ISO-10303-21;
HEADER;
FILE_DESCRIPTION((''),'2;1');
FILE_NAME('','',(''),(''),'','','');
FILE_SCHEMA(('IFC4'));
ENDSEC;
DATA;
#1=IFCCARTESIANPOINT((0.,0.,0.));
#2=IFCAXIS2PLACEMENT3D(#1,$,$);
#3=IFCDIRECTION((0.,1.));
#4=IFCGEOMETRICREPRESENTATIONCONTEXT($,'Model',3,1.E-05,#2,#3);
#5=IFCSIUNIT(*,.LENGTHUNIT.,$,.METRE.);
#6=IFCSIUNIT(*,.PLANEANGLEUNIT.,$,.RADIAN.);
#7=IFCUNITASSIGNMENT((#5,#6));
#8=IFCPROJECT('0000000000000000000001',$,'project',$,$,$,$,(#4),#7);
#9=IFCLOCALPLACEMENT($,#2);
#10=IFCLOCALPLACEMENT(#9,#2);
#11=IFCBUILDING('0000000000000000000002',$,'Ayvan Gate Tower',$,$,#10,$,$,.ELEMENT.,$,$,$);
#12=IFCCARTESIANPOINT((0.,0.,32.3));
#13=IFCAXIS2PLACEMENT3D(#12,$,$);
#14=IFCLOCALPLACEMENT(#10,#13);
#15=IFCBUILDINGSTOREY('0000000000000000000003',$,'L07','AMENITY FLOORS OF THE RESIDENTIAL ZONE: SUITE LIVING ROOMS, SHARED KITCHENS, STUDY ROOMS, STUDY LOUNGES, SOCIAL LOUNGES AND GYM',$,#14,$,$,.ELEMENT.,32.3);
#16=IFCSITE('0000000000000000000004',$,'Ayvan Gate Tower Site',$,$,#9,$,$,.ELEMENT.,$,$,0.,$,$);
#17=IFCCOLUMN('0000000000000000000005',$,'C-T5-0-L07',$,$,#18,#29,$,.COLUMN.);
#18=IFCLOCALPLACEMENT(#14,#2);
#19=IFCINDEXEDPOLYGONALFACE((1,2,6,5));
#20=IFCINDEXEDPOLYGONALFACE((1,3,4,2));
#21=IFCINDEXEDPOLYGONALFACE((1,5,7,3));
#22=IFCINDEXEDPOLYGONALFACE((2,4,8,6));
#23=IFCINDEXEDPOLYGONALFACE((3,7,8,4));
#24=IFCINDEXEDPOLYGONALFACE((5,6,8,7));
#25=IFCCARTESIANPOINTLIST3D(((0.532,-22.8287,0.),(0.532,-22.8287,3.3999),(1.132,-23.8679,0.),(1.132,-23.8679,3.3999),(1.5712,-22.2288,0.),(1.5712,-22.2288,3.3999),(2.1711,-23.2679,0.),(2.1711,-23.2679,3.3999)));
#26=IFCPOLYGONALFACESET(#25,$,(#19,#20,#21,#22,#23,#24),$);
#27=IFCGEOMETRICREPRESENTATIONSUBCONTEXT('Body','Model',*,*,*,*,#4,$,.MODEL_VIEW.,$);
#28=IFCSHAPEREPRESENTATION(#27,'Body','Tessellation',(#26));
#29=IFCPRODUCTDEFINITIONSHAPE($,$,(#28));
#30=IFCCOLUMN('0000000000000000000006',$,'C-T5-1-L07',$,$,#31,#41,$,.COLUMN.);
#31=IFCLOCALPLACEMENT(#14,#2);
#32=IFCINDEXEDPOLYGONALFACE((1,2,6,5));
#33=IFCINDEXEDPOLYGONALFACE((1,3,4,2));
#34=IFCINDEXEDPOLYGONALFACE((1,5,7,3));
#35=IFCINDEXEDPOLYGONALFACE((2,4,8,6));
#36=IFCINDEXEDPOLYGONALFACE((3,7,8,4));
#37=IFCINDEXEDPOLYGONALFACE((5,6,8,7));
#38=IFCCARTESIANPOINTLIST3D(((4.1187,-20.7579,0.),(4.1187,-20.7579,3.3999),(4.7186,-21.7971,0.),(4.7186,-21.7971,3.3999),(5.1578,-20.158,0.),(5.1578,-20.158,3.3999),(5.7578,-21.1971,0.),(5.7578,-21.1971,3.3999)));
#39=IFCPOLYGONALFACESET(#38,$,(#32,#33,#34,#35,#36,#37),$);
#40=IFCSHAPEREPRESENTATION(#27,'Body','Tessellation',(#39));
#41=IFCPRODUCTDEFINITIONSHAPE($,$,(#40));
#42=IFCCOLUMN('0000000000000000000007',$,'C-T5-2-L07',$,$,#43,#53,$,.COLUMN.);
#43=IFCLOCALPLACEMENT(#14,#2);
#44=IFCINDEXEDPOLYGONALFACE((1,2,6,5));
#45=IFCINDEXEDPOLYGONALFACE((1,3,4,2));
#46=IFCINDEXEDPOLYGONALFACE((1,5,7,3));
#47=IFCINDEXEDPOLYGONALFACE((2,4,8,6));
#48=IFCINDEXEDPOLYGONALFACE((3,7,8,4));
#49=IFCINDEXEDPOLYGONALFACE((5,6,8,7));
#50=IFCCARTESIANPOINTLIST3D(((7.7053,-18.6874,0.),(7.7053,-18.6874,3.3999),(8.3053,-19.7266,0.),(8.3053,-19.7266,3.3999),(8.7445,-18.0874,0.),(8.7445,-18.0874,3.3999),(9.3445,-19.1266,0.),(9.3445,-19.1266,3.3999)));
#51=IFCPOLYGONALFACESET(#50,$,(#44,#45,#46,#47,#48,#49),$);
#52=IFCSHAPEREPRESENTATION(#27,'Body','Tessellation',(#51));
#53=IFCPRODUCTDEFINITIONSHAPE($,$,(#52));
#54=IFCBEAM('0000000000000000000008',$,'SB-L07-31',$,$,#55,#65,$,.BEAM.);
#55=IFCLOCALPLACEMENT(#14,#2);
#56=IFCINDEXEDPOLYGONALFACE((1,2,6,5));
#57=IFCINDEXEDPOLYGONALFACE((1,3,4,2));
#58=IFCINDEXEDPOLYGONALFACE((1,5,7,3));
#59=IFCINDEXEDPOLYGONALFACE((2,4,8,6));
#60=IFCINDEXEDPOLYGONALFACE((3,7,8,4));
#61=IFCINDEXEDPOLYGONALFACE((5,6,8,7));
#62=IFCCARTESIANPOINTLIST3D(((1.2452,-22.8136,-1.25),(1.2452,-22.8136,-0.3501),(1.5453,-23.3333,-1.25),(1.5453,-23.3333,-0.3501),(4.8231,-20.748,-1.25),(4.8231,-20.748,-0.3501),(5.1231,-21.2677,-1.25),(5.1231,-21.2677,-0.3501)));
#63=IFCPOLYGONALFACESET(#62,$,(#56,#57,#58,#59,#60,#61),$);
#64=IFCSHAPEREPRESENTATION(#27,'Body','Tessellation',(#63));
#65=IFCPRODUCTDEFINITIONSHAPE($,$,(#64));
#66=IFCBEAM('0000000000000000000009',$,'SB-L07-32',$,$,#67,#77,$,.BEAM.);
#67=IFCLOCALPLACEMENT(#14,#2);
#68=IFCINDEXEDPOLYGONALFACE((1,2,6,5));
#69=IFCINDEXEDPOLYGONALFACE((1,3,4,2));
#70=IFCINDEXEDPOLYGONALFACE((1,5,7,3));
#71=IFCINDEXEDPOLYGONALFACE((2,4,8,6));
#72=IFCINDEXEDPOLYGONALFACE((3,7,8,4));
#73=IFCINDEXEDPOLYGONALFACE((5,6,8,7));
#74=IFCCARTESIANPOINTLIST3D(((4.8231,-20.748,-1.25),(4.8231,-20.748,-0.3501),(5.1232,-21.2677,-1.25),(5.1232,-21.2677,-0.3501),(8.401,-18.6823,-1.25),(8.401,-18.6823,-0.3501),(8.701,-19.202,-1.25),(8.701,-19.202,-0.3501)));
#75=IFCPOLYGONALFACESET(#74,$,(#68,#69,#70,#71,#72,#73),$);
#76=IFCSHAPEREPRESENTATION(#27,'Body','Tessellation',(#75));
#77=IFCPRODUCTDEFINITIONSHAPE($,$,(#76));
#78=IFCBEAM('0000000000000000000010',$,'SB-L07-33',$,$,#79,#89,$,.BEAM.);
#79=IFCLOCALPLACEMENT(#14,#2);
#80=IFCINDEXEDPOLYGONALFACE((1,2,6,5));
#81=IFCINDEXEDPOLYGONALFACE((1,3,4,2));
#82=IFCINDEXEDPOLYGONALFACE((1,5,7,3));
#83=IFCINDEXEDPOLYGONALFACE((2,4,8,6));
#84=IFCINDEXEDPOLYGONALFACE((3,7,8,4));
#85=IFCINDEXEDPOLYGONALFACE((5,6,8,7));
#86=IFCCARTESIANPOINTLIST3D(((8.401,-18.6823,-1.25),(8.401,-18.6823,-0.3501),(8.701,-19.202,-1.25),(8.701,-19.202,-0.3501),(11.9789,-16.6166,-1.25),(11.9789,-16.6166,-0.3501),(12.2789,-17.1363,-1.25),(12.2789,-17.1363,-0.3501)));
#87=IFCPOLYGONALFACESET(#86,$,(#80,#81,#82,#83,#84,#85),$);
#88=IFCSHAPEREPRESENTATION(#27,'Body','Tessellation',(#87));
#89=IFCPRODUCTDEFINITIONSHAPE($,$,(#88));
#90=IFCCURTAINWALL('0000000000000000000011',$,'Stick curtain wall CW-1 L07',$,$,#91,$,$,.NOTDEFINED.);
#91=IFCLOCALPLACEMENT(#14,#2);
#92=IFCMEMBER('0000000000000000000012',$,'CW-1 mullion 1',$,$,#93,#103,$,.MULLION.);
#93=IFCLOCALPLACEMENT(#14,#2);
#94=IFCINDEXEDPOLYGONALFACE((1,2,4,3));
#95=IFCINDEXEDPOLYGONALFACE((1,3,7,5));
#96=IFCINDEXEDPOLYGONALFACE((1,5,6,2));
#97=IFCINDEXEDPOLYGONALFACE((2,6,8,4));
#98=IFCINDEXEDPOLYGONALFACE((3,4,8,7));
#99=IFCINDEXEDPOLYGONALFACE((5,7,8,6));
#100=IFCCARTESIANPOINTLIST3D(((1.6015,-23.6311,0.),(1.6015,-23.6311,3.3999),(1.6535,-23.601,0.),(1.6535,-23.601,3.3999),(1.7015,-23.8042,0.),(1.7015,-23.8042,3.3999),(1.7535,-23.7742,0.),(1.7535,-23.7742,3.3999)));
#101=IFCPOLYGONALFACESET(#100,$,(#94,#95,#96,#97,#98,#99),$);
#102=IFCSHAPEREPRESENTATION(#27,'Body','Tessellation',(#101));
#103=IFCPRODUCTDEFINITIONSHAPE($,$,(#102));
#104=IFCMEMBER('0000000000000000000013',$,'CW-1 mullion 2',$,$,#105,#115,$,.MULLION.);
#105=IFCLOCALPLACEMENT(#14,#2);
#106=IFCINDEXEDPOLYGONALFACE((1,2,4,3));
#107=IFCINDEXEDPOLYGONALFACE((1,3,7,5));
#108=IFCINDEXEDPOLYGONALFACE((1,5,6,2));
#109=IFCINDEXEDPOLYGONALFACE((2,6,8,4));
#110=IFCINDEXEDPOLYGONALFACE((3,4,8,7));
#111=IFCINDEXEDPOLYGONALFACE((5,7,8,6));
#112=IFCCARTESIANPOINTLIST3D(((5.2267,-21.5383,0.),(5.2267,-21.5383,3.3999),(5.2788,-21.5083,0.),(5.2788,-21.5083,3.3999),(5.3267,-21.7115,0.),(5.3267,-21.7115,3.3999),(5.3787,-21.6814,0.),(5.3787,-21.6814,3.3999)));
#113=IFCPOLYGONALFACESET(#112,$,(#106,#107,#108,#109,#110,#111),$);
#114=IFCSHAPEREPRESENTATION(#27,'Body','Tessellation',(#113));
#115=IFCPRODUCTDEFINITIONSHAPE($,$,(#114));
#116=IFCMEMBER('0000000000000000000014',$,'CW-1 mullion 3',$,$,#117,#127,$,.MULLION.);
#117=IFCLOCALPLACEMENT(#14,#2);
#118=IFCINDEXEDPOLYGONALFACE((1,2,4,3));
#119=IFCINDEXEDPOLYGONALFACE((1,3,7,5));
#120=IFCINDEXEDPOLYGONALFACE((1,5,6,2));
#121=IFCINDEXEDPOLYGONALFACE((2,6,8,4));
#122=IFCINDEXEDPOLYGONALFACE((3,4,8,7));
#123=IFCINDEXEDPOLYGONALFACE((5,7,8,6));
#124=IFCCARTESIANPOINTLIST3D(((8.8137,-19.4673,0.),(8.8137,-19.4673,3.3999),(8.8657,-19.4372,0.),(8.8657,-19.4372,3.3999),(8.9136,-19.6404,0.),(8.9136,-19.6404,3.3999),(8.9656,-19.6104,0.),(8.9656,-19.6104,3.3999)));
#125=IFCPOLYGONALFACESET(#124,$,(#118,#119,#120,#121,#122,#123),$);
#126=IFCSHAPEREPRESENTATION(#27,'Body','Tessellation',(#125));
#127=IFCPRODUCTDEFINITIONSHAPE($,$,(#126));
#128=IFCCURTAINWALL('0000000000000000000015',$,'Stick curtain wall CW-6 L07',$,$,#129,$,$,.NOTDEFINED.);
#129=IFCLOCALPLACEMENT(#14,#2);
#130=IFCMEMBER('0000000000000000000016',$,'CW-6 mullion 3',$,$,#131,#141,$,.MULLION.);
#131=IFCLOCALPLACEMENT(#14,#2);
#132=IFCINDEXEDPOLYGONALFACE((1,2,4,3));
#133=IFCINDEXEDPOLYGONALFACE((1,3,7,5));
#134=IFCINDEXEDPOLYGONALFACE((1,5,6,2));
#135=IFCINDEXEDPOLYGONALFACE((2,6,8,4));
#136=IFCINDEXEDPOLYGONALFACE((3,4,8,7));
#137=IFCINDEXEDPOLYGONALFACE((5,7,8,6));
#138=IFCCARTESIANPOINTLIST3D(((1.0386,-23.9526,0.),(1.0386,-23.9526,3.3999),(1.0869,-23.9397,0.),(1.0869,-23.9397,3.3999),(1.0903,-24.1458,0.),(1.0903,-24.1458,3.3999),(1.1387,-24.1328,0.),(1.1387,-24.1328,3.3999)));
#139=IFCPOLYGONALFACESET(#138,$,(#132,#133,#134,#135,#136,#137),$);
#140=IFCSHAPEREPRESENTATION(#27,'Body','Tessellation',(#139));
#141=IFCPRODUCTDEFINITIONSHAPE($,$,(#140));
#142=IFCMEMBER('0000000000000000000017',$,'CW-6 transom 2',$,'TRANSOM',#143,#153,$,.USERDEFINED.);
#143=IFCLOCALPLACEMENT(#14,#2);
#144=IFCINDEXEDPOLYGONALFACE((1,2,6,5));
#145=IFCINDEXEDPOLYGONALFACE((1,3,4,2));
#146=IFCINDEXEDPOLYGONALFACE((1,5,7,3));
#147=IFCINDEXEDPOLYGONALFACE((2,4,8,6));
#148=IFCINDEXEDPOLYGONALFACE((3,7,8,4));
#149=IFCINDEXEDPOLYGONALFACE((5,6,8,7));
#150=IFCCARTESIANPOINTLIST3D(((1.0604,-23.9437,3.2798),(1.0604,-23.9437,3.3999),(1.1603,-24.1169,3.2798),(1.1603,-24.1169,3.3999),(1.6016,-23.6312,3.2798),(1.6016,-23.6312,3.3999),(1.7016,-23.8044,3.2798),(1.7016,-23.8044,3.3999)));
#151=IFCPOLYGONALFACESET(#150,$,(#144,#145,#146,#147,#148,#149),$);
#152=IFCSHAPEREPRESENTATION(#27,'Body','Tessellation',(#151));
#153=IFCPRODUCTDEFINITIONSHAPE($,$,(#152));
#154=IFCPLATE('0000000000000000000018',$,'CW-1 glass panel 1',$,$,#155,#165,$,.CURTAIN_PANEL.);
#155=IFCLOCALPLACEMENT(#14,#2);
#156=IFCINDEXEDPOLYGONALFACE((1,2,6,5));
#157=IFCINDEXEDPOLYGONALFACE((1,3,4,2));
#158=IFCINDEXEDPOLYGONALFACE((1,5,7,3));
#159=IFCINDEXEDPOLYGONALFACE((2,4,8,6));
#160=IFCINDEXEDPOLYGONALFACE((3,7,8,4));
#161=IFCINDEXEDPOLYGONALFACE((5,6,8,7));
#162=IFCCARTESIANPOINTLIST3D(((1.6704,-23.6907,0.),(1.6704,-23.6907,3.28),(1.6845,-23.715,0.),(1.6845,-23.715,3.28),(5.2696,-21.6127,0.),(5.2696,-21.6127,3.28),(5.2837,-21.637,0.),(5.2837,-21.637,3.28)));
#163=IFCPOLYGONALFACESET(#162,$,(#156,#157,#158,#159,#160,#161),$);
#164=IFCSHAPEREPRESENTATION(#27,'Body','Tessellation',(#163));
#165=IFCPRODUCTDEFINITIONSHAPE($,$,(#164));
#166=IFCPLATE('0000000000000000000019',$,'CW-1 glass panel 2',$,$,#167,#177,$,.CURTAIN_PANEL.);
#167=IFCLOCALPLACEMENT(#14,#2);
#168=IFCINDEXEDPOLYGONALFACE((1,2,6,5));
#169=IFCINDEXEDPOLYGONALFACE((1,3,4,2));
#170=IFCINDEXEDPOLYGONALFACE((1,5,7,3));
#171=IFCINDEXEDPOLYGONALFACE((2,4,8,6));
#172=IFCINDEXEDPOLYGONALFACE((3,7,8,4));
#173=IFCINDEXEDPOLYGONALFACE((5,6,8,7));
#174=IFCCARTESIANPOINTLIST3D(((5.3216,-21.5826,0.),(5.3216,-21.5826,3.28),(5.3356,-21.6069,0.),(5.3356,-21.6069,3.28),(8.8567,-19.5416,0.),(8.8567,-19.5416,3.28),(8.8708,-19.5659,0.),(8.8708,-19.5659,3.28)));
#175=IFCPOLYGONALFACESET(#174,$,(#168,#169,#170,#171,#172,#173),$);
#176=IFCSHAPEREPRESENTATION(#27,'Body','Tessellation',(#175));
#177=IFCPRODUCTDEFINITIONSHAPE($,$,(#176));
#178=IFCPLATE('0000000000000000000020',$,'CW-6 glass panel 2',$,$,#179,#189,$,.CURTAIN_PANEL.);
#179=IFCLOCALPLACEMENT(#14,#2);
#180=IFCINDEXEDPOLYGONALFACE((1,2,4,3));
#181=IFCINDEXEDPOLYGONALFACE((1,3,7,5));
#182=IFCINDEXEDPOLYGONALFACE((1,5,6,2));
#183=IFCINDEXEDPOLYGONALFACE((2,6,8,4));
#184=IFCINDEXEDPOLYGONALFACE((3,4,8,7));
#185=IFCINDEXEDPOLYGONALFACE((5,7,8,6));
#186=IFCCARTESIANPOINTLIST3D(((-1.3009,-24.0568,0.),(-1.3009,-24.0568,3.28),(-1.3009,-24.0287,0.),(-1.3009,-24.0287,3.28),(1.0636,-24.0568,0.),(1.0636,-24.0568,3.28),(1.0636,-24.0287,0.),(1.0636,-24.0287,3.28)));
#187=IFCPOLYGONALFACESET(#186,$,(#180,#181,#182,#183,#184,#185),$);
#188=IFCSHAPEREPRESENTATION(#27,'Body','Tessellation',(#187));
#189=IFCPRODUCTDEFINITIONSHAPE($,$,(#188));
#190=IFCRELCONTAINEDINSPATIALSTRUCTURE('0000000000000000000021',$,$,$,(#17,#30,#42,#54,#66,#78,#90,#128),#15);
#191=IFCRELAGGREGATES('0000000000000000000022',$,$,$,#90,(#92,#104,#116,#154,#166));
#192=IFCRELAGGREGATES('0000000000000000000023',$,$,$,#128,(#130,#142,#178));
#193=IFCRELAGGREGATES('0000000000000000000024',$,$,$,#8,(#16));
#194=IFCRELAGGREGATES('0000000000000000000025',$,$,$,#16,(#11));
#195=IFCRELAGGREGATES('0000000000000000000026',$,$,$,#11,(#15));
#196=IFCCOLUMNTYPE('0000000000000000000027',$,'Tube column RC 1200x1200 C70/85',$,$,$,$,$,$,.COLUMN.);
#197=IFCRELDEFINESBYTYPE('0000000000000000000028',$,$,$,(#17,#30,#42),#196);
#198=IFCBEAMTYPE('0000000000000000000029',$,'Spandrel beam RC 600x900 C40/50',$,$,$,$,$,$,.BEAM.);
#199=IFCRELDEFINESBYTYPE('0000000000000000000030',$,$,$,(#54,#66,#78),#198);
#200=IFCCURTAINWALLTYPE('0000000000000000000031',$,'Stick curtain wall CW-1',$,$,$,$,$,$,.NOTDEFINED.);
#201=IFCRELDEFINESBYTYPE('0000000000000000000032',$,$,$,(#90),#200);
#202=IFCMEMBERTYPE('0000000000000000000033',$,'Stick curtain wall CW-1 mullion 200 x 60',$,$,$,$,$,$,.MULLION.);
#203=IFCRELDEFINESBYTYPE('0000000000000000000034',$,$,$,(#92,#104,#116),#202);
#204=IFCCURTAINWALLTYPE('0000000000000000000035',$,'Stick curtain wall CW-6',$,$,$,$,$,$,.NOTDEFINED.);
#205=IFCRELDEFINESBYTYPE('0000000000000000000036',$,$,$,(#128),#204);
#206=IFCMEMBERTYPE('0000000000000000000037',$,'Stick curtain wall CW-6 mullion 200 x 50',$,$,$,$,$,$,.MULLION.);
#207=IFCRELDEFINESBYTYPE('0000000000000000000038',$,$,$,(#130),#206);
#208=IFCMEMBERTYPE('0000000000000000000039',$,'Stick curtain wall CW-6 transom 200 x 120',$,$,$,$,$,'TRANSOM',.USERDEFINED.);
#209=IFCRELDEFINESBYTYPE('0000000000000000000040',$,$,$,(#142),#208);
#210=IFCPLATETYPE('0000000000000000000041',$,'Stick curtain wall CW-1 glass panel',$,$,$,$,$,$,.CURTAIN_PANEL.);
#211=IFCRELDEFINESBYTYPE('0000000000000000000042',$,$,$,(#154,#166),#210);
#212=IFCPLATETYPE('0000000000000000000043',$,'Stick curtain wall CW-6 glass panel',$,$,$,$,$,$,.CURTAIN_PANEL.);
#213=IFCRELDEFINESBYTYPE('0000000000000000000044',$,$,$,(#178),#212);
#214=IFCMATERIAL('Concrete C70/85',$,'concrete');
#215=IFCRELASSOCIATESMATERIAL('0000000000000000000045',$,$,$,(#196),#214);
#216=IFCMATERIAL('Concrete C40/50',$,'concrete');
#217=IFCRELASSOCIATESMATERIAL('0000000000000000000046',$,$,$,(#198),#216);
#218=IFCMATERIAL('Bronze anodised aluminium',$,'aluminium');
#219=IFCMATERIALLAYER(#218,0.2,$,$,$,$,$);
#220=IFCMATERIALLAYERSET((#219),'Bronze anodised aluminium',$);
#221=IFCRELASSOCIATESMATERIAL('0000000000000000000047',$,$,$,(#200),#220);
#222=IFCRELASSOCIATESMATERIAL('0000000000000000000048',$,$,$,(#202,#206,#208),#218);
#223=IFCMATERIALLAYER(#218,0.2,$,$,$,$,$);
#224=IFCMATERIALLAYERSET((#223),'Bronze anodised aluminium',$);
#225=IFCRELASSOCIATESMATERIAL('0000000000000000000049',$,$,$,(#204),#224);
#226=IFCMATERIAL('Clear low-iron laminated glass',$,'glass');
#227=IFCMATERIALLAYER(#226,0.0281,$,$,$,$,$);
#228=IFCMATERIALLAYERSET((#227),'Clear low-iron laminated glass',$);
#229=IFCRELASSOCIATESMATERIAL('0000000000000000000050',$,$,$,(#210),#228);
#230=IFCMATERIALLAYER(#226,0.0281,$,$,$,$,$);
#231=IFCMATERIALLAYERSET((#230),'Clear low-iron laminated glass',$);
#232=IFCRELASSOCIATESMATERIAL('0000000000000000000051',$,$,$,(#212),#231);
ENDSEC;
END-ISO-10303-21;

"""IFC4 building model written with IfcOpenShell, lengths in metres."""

from ifc_helpers import new_model, si_unit, direction, frame, origin, origin_2d, place, context, subcontext, project, spatial, rectangle, extrude, material, layer, layer_set, material_profile, profile_set, type_object, element, aggregate, save


model = new_model("IFC4")

# Units and contexts
model_context = context("Model", 3, precision=1e-05, world=origin(), true_north=direction((0.0, 1.0)))
body_context = subcontext(model_context, "Body", "Model", "MODEL_VIEW")
ifc_project = project(units=[si_unit("LENGTHUNIT", "METRE"), si_unit("PLANEANGLEUNIT", "RADIAN")], contexts=[model_context])

# Site, building, storey
site_placement = place(None, origin())
site = spatial("IfcSite", under=ifc_project, at=site_placement, Name="Ayvan Gate Tower Site", CompositionType="ELEMENT", RefElevation=0.0)
building_placement = place(site_placement, origin())
building = spatial("IfcBuilding", under=site, at=building_placement, Name="Ayvan Gate Tower", CompositionType="ELEMENT")
storey_placement = place(building_placement, frame((0.0, 0.0, 32.3)))
storey = spatial("IfcBuildingStorey", under=building, at=storey_placement, Name="L07", Description="AMENITY FLOORS OF THE RESIDENTIAL ZONE: SUITE LIVING ROOMS, SHARED KITCHENS, STUDY ROOMS, STUDY LOUNGES, SOCIAL LOUNGES AND GYM", CompositionType="ELEMENT", Elevation=32.3)

# Columns
ifc_material_1 = material(Name="Concrete C70/85", Category="concrete")
ifc_material_profile_1 = material_profile(ifc_material_1, rectangle(XDim=1.2, YDim=1.2, at=origin_2d()), Name="RC 1200x1200")
ifc_profile_set_1 = profile_set([ifc_material_profile_1], Name="Concrete C70/85")
column_type = type_object("IfcColumnType", Name="Tube column RC 1200x1200 C70/85", PredefinedType="COLUMN", material=ifc_profile_set_1)
for number, where, z_axis, x_axis, name in (
    (1, (1.3516, -23.0483, 0.0), (0.0, 0.0, 1.0), (0.5, -0.866025, 0.0), "C-T5-0-L07"),
    (2, (4.9382, -20.9775, 0.0), (0.0, 0.0, 1.0), (0.5, -0.866025, 0.0), "C-T5-1-L07"),
    (3, (8.5249, -18.907, 0.0), (0.0, 0.0, 1.0), (0.5, -0.866025, 0.0), "C-T5-2-L07"),
):
    element("IfcColumn", number, at=place(storey_placement, frame(where, z_axis=z_axis, x_axis=x_axis)), inside=storey, type_object=column_type, Name=name, PredefinedType="COLUMN", context=body_context, shape_type="SweptSolid", body=[
        extrude(rectangle(XDim=1.2, YDim=1.2, at=origin_2d()), origin(), (0.0, 0.0, 1.0), 3.3999),
    ])

# Beams
ifc_material_2 = material(Name="Concrete C40/50", Category="concrete")
ifc_material_profile_2 = material_profile(ifc_material_2, rectangle(XDim=0.6001, YDim=0.8999, at=origin_2d()), Name="RC 600x900")
ifc_profile_set_2 = profile_set([ifc_material_profile_2], Name="Concrete C40/50")
beam_type = type_object("IfcBeamType", Name="Spandrel beam RC 600x900 C40/50", PredefinedType="BEAM", material=ifc_profile_set_2)
for number, where, z_axis, x_axis, name in (
    (4, (1.3953, -23.0735, -0.8), (0.866027, 0.499997, 0.0), (-0.499997, 0.866027, 0.0), "SB-L07-31"),
    (5, (4.9731, -21.0078, -0.8), (0.866027, 0.499997, 0.0), (-0.499997, 0.866027, 0.0), "SB-L07-32"),
    (6, (8.551, -18.9421, -0.8), (0.866027, 0.499997, 0.0), (-0.499997, 0.866027, 0.0), "SB-L07-33"),
):
    element("IfcBeam", number, at=place(storey_placement, frame(where, z_axis=z_axis, x_axis=x_axis)), inside=storey, type_object=beam_type, Name=name, PredefinedType="BEAM", context=body_context, shape_type="SweptSolid", body=[
        extrude(rectangle(XDim=0.6001, YDim=0.8999, at=origin_2d()), origin(), (0.0, 0.0, 1.0), 4.1313),
    ])

# Curtain walls, members
ifc_material_3 = material(Name="Bronze anodised aluminium", Category="aluminium")
ifc_layer_1 = layer(ifc_material_3, 0.2)
ifc_layer_set_1 = layer_set([ifc_layer_1], Name="Bronze anodised aluminium")
curtain_wall_type_1 = type_object("IfcCurtainWallType", Name="Stick curtain wall CW-1", PredefinedType="NOTDEFINED", material=ifc_layer_set_1)
curtain_wall_1_placement = place(storey_placement, origin())
curtain_wall_1 = element("IfcCurtainWall", 7, at=curtain_wall_1_placement, inside=storey, type_object=curtain_wall_type_1, Name="Stick curtain wall CW-1 L07", PredefinedType="NOTDEFINED")
ifc_material_profile_3 = material_profile(ifc_material_3, rectangle(XDim=0.2, YDim=0.0601, at=origin_2d()), Name="Stick curtain wall CW-1 mullion 200 x 60")
ifc_profile_set_3 = profile_set([ifc_material_profile_3], Name="Bronze anodised aluminium")
member_type_1 = type_object("IfcMemberType", Name="Stick curtain wall CW-1 mullion 200 x 60", PredefinedType="MULLION", material=ifc_profile_set_3)
member_1_placement = place(storey_placement, frame((1.6775, -23.7026, 0.0), z_axis=(0.0, 0.0, 1.0), x_axis=(0.5, -0.866025, 0.0)))
member_1 = element("IfcMember", 8, at=member_1_placement, type_object=member_type_1, Name="CW-1 mullion 1", PredefinedType="MULLION", context=body_context, shape_type="SweptSolid", body=[
    extrude(rectangle(XDim=0.2, YDim=0.0601, at=origin_2d()), origin(), (0.0, 0.0, 1.0), 3.3999),
])
member_2_placement = place(storey_placement, frame((5.3027, -21.6099, 0.0), z_axis=(0.0, 0.0, 1.0), x_axis=(0.5, -0.866025, 0.0)))
member_2 = element("IfcMember", 9, at=member_2_placement, type_object=member_type_1, Name="CW-1 mullion 2", PredefinedType="MULLION", context=body_context, shape_type="SweptSolid", body=[
    extrude(rectangle(XDim=0.2, YDim=0.0601, at=origin_2d()), origin(), (0.0, 0.0, 1.0), 3.3999),
])
member_3_placement = place(storey_placement, frame((8.8896, -19.5388, 0.0), z_axis=(0.0, 0.0, 1.0), x_axis=(0.5, -0.866025, 0.0)))
member_3 = element("IfcMember", 10, at=member_3_placement, type_object=member_type_1, Name="CW-1 mullion 3", PredefinedType="MULLION", context=body_context, shape_type="SweptSolid", body=[
    extrude(rectangle(XDim=0.2, YDim=0.0601, at=origin_2d()), origin(), (0.0, 0.0, 1.0), 3.3999),
])
ifc_layer_2 = layer(ifc_material_3, 0.2)
ifc_layer_set_2 = layer_set([ifc_layer_2], Name="Bronze anodised aluminium")
curtain_wall_type_2 = type_object("IfcCurtainWallType", Name="Stick curtain wall CW-6", PredefinedType="NOTDEFINED", material=ifc_layer_set_2)
curtain_wall_2_placement = place(storey_placement, origin())
curtain_wall_2 = element("IfcCurtainWall", 11, at=curtain_wall_2_placement, inside=storey, type_object=curtain_wall_type_2, Name="Stick curtain wall CW-6 L07", PredefinedType="NOTDEFINED")
ifc_material_profile_4 = material_profile(ifc_material_3, rectangle(XDim=0.2, YDim=0.05, at=origin_2d()), Name="Stick curtain wall CW-6 mullion 200 x 50")
ifc_profile_set_4 = profile_set([ifc_material_profile_4], Name="Bronze anodised aluminium")
member_type_2 = type_object("IfcMemberType", Name="Stick curtain wall CW-6 mullion 200 x 50", PredefinedType="MULLION", material=ifc_profile_set_4)
member_4_placement = place(storey_placement, frame((1.0886, -24.0427, 0.0), z_axis=(0.0, 0.0, 1.0), x_axis=(0.258819, -0.965926, 0.0)))
member_4 = element("IfcMember", 12, at=member_4_placement, type_object=member_type_2, Name="CW-6 mullion 3", PredefinedType="MULLION", context=body_context, shape_type="SweptSolid", body=[
    extrude(rectangle(XDim=0.2, YDim=0.05, at=origin_2d()), origin(), (0.0, 0.0, 1.0), 3.3999),
])
ifc_material_profile_5 = material_profile(ifc_material_3, rectangle(XDim=0.2, YDim=0.1201, at=origin_2d()), Name="Stick curtain wall CW-6 transom 200 x 120")
ifc_profile_set_5 = profile_set([ifc_material_profile_5], Name="Bronze anodised aluminium")
member_type_3 = type_object("IfcMemberType", Name="Stick curtain wall CW-6 transom 200 x 120", ElementType="TRANSOM", PredefinedType="USERDEFINED", material=ifc_profile_set_5)
member_5_placement = place(storey_placement, frame((1.1104, -24.0303, 3.3398), z_axis=(0.866023, 0.500004, 0.0), x_axis=(-0.500004, 0.866023, 0.0)))
member_5 = element("IfcMember", 13, at=member_5_placement, type_object=member_type_3, Name="CW-6 transom 2", ObjectType="TRANSOM", PredefinedType="USERDEFINED", context=body_context, shape_type="SweptSolid", body=[
    extrude(rectangle(XDim=0.2, YDim=0.1201, at=origin_2d()), origin(), (0.0, 0.0, 1.0), 0.625),
])

# Plates
ifc_material_4 = material(Name="Clear low-iron laminated glass", Category="glass")
ifc_layer_3 = layer(ifc_material_4, 0.0281)
ifc_layer_set_3 = layer_set([ifc_layer_3], Name="Clear low-iron laminated glass")
plate_type_1 = type_object("IfcPlateType", Name="Stick curtain wall CW-1 glass panel", PredefinedType="CURTAIN_PANEL", material=ifc_layer_set_3)
plate_1_placement = place(storey_placement, frame((3.4771, -22.6638, 0.0), z_axis=(0.0, 0.0, 1.0), x_axis=(0.866025, 0.5, 0.0)))
plate_1 = element("IfcPlate", 14, at=plate_1_placement, type_object=plate_type_1, Name="CW-1 glass panel 1", PredefinedType="CURTAIN_PANEL", context=body_context, shape_type="SweptSolid", body=[
    extrude(rectangle(XDim=4.156, YDim=0.0281, at=origin_2d()), origin(), (0.0, 0.0, 1.0), 3.28),
])
plate_2_placement = place(storey_placement, frame((7.0962, -20.5742, 0.0), z_axis=(0.0, 0.0, 1.0), x_axis=(0.866025, 0.5, 0.0)))
plate_2 = element("IfcPlate", 15, at=plate_2_placement, type_object=plate_type_1, Name="CW-1 glass panel 2", PredefinedType="CURTAIN_PANEL", context=body_context, shape_type="SweptSolid", body=[
    extrude(rectangle(XDim=4.082, YDim=0.0281, at=origin_2d()), origin(), (0.0, 0.0, 1.0), 3.28),
])
aggregate(curtain_wall_1, [member_1, member_2, member_3, plate_1, plate_2])
ifc_layer_4 = layer(ifc_material_4, 0.0281)
ifc_layer_set_4 = layer_set([ifc_layer_4], Name="Clear low-iron laminated glass")
plate_type_2 = type_object("IfcPlateType", Name="Stick curtain wall CW-6 glass panel", PredefinedType="CURTAIN_PANEL", material=ifc_layer_set_4)
plate_3_placement = place(storey_placement, frame((-0.1187, -24.0427, 0.0), z_axis=(0.0, 0.0, 1.0), x_axis=(1.0, 0.0, 0.0)))
plate_3 = element("IfcPlate", 16, at=plate_3_placement, type_object=plate_type_2, Name="CW-6 glass panel 2", PredefinedType="CURTAIN_PANEL", context=body_context, shape_type="SweptSolid", body=[
    extrude(rectangle(XDim=2.3645, YDim=0.0281, at=origin_2d()), origin(), (0.0, 0.0, 1.0), 3.28),
])
aggregate(curtain_wall_2, [member_4, member_5, plate_3])

save(model, "model.ifc")
